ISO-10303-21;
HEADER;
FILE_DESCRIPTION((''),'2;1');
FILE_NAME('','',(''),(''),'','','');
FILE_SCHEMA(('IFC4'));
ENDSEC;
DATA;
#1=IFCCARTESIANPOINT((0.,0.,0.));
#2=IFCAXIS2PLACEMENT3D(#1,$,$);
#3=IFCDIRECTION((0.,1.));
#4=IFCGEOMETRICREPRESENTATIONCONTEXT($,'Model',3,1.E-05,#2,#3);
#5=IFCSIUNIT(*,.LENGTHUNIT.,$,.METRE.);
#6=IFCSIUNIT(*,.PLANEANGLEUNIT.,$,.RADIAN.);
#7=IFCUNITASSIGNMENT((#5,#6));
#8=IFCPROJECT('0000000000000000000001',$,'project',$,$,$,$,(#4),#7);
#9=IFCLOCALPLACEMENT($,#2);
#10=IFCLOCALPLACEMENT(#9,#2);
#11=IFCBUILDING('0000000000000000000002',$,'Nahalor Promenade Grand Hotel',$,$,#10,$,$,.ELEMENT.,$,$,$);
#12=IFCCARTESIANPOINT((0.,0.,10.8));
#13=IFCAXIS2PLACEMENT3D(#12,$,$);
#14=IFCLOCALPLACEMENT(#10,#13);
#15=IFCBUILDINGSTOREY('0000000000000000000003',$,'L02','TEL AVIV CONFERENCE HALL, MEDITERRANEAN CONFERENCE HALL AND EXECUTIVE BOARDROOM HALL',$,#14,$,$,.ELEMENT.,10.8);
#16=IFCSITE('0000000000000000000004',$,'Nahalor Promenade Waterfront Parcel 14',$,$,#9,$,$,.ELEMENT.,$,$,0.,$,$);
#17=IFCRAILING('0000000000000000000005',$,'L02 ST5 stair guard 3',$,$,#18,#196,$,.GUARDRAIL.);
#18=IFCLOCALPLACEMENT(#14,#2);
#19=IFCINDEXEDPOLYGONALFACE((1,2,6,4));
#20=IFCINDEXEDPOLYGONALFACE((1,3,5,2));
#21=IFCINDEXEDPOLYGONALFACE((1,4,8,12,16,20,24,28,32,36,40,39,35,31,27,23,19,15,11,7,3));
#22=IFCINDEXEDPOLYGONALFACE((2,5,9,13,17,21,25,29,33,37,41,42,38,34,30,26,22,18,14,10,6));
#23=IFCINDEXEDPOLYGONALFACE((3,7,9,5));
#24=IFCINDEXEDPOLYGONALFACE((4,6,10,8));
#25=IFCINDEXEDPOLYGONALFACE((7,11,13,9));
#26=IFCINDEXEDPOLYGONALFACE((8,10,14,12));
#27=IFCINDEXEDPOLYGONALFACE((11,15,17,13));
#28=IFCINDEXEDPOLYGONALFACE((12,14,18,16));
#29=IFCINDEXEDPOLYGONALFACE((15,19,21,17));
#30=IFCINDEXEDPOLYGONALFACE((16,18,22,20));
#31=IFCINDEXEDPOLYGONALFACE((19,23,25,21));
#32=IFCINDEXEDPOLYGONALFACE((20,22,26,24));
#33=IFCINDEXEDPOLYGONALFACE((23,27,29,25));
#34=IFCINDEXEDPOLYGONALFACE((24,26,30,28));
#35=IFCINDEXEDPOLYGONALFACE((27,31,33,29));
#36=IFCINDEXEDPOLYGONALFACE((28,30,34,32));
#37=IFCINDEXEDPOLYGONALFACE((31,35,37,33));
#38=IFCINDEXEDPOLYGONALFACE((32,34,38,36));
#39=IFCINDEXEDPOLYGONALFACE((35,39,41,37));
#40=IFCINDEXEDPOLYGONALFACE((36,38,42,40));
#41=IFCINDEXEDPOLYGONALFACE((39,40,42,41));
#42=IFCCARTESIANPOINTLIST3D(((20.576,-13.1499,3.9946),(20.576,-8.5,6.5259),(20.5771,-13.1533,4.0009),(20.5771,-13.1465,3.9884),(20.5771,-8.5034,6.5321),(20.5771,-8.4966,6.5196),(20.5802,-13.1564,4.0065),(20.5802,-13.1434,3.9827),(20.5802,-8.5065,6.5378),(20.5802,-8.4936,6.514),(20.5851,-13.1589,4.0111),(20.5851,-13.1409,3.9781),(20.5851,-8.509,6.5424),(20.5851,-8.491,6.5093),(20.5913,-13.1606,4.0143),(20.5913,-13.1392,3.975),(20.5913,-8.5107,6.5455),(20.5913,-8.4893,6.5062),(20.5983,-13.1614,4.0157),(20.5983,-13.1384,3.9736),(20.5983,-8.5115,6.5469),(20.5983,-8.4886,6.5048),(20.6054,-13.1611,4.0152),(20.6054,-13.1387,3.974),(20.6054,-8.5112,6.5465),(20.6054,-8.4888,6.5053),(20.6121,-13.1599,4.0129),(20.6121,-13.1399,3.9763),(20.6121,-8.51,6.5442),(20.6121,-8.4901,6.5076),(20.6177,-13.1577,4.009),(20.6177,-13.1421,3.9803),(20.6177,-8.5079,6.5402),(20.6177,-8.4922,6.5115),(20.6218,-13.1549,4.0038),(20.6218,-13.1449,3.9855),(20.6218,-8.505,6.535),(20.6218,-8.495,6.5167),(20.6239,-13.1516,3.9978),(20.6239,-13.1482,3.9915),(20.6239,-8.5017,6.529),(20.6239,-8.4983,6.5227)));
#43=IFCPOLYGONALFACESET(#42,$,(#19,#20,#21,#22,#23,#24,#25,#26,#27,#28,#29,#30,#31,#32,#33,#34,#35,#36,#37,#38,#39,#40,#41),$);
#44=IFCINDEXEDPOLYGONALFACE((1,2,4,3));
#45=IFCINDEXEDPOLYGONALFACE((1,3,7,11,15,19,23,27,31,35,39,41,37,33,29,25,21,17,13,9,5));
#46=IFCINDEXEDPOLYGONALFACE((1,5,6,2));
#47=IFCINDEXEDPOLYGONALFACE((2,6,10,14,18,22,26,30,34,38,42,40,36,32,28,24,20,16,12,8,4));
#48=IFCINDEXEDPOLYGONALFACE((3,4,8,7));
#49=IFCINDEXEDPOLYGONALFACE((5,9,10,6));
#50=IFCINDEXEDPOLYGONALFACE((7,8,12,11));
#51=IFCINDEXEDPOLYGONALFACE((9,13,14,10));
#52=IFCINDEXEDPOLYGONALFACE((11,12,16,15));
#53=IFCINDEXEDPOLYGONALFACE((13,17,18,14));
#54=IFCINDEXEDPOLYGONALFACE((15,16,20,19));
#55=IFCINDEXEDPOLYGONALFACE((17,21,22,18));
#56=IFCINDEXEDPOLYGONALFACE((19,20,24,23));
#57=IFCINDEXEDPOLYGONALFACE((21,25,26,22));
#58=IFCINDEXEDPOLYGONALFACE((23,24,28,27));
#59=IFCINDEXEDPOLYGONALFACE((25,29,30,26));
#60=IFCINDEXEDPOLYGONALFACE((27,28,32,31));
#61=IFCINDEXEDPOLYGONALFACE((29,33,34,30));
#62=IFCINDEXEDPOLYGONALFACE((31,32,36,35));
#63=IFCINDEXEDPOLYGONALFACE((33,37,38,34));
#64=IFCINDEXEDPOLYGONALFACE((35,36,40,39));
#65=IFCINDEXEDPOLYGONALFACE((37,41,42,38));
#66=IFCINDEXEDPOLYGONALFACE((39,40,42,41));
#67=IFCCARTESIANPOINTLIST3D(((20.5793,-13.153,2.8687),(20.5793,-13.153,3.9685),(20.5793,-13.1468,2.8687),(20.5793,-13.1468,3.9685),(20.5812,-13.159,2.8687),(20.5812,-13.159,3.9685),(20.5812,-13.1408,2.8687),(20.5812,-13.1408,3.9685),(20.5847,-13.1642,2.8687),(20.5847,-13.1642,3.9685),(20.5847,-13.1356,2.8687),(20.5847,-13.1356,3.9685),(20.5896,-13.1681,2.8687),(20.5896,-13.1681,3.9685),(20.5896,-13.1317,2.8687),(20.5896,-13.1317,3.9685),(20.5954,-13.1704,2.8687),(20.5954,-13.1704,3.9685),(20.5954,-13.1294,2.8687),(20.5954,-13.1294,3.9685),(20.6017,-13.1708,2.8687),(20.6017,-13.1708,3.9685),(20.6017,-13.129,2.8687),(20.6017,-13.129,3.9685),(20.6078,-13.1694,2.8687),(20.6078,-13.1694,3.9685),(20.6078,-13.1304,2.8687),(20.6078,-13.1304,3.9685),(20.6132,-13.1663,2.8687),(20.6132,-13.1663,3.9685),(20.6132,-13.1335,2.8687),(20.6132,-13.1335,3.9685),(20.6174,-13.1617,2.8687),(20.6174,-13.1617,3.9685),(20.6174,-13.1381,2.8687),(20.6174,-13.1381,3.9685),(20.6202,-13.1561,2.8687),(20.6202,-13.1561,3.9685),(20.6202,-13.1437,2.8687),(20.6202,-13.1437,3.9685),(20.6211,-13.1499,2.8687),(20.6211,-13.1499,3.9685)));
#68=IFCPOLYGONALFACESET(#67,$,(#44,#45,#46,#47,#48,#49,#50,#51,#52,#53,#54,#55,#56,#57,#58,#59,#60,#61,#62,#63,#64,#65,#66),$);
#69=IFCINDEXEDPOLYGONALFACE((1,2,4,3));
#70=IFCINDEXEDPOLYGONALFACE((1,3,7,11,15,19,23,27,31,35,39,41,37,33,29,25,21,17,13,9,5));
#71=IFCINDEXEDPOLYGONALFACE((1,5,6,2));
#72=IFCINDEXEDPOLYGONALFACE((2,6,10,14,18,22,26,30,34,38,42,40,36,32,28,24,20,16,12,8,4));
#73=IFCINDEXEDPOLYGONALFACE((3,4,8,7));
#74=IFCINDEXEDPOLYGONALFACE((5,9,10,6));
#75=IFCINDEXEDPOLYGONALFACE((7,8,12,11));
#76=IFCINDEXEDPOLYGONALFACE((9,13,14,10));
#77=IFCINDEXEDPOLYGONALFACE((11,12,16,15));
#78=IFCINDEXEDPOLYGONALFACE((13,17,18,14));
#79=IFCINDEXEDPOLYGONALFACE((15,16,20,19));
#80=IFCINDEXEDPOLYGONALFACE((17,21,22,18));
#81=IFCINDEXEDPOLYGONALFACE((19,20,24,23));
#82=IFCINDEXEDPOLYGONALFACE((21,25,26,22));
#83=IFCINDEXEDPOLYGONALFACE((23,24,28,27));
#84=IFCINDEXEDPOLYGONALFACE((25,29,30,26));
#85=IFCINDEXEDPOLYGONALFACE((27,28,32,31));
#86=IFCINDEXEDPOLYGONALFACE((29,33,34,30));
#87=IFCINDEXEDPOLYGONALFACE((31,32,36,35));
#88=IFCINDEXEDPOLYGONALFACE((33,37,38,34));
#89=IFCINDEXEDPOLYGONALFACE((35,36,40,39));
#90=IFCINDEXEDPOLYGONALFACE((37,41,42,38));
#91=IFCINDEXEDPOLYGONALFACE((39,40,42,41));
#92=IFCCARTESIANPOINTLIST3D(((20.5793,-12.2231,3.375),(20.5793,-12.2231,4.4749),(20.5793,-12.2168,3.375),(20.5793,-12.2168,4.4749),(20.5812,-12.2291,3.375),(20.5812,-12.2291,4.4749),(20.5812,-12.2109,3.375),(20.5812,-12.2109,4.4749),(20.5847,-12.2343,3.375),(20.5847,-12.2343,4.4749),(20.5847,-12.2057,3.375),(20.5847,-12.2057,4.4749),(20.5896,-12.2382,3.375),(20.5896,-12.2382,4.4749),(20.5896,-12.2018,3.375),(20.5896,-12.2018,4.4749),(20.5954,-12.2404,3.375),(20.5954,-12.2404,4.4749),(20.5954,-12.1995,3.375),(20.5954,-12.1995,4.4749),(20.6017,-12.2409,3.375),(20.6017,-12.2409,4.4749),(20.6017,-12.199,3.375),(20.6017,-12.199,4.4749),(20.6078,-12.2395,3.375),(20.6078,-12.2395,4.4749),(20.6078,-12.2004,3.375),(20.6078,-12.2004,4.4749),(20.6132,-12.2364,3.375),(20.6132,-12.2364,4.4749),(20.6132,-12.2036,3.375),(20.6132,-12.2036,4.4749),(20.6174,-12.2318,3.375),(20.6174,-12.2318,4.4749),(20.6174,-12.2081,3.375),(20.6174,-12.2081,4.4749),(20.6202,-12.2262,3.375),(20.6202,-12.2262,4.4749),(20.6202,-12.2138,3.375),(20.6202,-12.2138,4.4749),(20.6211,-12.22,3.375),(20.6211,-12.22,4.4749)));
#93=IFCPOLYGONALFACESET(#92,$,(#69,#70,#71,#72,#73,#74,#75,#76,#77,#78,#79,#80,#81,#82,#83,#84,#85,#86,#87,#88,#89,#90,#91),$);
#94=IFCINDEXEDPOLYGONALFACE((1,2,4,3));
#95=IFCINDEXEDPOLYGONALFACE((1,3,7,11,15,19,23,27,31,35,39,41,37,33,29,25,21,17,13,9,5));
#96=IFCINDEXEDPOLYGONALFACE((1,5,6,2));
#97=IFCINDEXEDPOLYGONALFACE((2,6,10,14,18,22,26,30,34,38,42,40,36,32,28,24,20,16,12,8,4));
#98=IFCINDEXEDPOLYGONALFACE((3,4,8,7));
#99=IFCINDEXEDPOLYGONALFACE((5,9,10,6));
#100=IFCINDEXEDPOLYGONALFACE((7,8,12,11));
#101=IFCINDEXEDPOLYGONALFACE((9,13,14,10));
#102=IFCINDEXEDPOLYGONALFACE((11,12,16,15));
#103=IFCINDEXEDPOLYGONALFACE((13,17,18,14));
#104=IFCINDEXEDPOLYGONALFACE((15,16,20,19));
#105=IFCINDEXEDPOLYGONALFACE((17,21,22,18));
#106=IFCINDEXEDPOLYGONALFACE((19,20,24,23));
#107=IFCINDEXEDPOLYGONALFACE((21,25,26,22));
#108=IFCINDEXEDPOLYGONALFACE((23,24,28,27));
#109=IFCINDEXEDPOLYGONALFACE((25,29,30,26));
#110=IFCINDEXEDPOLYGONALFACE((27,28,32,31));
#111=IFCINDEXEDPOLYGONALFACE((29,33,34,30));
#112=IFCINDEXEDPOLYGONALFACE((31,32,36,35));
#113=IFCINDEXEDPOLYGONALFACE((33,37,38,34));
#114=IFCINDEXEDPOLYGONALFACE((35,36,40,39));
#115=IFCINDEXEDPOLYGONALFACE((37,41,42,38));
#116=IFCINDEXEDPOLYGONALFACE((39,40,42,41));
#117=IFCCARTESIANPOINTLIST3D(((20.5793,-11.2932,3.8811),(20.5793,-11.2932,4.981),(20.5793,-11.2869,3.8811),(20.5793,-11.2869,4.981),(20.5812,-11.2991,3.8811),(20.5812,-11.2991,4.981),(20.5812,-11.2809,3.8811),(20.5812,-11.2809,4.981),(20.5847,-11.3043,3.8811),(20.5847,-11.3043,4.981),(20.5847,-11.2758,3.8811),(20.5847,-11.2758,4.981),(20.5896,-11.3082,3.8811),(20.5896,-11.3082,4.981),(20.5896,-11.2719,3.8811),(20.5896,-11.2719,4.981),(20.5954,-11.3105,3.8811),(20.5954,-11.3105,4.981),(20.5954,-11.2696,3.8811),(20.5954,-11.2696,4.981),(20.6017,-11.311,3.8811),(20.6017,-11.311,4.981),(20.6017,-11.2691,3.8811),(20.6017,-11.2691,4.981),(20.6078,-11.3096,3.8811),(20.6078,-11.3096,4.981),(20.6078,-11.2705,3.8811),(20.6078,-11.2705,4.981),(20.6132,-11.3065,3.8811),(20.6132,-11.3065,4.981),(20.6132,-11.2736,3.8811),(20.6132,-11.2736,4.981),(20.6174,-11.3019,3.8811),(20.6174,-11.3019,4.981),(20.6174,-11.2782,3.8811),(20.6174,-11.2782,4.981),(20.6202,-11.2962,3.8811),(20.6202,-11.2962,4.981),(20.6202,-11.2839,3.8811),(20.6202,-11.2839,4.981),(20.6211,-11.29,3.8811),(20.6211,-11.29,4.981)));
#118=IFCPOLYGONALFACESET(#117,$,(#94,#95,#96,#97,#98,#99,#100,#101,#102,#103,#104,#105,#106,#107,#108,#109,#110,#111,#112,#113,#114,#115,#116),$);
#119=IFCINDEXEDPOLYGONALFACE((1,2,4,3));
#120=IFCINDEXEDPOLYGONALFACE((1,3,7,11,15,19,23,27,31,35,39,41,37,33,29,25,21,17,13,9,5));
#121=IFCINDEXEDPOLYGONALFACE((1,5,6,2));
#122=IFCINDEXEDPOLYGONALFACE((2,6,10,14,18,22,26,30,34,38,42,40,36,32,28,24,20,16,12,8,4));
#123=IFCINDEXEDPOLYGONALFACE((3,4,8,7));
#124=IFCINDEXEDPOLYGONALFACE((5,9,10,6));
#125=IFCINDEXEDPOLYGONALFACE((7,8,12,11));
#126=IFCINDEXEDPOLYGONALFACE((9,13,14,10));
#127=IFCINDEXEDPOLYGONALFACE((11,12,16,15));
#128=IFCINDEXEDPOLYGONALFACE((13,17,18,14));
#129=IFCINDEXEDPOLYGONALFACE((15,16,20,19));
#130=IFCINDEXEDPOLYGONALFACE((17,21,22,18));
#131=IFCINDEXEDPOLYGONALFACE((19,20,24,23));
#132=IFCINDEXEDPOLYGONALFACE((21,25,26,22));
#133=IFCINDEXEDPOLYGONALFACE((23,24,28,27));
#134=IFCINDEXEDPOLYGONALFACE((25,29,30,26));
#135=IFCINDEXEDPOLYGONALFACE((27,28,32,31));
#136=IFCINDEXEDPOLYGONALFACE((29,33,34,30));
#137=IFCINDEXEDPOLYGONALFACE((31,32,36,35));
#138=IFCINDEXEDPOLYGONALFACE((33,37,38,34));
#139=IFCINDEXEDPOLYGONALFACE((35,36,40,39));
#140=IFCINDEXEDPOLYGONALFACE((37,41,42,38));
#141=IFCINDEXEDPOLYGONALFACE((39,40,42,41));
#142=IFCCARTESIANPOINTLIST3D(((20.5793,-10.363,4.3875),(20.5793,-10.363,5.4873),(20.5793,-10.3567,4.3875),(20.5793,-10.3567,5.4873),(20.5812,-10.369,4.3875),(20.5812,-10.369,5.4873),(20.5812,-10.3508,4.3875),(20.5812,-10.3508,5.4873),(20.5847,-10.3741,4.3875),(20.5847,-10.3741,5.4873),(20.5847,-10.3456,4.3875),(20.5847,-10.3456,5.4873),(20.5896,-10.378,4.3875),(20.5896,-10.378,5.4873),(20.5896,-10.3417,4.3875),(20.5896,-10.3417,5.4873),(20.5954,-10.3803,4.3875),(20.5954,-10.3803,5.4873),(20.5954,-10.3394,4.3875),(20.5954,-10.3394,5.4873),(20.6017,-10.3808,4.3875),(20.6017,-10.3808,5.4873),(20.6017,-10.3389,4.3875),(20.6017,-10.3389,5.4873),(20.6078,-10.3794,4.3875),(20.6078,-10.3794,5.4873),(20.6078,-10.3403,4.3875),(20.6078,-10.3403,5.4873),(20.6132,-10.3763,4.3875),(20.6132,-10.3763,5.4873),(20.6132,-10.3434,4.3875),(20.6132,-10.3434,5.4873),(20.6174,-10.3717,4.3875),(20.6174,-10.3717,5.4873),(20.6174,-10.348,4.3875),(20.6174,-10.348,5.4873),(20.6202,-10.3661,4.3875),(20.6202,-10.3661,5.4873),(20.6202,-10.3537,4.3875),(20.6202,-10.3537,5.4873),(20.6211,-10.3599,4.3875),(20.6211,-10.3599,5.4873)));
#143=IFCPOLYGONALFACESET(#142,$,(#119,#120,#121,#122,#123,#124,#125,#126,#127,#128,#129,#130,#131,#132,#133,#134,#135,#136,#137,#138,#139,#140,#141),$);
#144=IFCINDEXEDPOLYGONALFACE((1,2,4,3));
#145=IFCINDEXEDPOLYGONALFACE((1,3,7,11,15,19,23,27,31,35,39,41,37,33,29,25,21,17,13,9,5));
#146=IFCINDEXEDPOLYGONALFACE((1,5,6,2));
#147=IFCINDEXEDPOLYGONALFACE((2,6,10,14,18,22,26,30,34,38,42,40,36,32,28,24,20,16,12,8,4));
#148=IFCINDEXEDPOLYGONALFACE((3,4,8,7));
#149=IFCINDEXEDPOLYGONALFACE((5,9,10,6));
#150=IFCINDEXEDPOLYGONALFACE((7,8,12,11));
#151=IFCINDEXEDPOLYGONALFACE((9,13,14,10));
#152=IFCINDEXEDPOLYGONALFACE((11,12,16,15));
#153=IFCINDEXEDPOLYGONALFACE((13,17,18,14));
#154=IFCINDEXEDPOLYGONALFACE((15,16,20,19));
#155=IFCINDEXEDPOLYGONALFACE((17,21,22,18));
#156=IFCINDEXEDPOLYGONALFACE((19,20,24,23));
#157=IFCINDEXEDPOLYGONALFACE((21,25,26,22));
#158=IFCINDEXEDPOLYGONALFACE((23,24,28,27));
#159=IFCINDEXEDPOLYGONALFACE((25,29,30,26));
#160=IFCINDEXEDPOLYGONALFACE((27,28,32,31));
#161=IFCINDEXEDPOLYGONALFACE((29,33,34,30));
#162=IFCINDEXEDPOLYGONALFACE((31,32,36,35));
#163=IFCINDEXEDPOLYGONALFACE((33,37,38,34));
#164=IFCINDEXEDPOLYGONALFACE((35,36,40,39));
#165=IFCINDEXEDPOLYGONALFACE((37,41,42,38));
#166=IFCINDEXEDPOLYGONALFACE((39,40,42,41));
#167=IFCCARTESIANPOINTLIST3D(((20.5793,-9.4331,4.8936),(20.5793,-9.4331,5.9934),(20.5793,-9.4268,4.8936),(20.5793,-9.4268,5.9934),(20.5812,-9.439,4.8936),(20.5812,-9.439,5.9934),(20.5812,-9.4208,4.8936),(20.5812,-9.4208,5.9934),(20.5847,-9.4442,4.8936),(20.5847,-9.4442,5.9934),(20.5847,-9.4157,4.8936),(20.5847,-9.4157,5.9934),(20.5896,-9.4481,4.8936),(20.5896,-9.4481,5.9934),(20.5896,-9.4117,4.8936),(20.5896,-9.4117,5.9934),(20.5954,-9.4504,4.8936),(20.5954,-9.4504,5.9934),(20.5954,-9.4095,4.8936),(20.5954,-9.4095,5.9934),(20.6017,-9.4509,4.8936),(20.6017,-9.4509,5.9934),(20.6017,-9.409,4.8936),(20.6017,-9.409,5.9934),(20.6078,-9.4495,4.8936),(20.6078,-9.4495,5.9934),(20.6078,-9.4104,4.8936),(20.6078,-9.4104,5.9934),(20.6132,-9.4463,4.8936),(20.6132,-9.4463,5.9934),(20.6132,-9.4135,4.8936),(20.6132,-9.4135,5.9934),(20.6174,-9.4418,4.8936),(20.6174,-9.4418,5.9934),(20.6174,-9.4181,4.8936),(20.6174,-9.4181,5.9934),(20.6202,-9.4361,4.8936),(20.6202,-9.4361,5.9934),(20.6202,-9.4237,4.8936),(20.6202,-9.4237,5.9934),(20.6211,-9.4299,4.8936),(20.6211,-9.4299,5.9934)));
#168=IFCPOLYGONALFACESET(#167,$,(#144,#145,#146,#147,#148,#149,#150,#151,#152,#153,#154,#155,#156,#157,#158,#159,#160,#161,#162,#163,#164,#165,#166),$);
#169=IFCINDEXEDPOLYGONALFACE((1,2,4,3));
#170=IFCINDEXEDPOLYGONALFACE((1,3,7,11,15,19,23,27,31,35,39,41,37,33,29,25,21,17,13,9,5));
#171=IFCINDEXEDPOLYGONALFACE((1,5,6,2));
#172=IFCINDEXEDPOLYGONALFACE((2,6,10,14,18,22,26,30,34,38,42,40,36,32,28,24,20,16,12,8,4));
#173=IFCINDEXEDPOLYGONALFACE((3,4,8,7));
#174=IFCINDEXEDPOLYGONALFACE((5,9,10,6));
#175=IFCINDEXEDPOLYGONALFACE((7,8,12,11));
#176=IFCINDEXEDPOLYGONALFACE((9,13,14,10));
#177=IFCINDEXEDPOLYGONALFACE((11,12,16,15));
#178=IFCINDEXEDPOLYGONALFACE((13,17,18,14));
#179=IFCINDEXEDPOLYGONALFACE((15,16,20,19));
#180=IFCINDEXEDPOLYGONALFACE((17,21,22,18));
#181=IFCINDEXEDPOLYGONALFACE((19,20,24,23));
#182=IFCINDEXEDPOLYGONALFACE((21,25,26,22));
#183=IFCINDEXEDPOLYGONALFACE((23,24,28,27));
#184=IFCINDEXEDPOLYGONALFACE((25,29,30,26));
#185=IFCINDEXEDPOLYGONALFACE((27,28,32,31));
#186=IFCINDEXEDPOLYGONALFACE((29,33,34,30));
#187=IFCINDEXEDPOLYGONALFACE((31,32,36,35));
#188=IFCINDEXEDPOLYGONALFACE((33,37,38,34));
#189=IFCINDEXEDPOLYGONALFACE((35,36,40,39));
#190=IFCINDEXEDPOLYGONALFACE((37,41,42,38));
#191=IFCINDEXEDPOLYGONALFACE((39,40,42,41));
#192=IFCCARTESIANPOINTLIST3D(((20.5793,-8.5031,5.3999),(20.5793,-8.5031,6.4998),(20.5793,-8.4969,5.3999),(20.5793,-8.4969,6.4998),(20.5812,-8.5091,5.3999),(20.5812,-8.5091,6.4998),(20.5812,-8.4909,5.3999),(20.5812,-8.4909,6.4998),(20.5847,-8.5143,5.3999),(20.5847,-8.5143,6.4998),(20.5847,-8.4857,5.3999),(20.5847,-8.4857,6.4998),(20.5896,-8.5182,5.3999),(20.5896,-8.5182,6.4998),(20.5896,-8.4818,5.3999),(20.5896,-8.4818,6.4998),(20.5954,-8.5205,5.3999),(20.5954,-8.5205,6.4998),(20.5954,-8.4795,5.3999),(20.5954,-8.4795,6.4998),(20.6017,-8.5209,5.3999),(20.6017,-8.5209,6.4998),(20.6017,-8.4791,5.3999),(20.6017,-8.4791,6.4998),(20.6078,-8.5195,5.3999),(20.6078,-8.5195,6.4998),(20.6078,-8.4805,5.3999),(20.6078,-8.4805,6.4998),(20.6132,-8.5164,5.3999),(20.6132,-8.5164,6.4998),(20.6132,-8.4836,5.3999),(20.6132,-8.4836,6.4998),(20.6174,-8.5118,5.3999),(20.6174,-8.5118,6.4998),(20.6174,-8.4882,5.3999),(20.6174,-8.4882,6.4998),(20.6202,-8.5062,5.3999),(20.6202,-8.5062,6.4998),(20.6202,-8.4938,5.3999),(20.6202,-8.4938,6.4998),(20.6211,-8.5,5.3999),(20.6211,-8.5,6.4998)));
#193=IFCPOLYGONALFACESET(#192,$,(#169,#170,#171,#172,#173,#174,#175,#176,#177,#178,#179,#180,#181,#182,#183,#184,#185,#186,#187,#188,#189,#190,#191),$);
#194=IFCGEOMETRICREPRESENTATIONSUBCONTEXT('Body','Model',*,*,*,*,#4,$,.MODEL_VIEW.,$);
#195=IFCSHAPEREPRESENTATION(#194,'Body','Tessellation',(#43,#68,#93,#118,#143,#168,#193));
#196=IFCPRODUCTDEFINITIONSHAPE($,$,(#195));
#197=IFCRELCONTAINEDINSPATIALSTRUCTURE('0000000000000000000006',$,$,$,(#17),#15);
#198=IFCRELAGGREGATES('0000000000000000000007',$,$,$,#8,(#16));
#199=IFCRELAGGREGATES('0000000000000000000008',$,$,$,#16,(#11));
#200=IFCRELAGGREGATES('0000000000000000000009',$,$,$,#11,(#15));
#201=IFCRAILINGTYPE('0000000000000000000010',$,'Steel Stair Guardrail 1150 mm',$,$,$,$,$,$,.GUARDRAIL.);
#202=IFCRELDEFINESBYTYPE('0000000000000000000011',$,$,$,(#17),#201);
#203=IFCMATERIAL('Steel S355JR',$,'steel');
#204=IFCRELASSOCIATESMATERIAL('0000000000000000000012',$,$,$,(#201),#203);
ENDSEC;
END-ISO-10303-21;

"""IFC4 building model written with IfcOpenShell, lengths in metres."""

from ifc_helpers import new_model, si_unit, direction, frame, origin, origin_2d, place, context, subcontext, project, spatial, circle, extrude, material, type_object, element, save


model = new_model("IFC4")

# Units and contexts
model_context = context("Model", 3, precision=1e-05, world=origin(), true_north=direction((0.0, 1.0)))
body_context = subcontext(model_context, "Body", "Model", "MODEL_VIEW")
ifc_project = project(units=[si_unit("LENGTHUNIT", "METRE"), si_unit("PLANEANGLEUNIT", "RADIAN")], contexts=[model_context])

# Site, building, storey
site_placement = place(None, origin())
site = spatial("IfcSite", under=ifc_project, at=site_placement, Name="Nahalor Promenade Waterfront Parcel 14", CompositionType="ELEMENT", RefElevation=0.0)
building_placement = place(site_placement, origin())
building = spatial("IfcBuilding", under=site, at=building_placement, Name="Nahalor Promenade Grand Hotel", CompositionType="ELEMENT")
storey_placement = place(building_placement, frame((0.0, 0.0, 10.8)))
storey = spatial("IfcBuildingStorey", under=building, at=storey_placement, Name="L02", Description="TEL AVIV CONFERENCE HALL, MEDITERRANEAN CONFERENCE HALL AND EXECUTIVE BOARDROOM HALL", CompositionType="ELEMENT", Elevation=10.8)

# Shared definitions
ifc_material_1 = material(Name="Steel S355JR", Category="steel")

# Railing
railing_type_1 = type_object("IfcRailingType", Name="Steel Stair Guardrail 1150 mm", PredefinedType="GUARDRAIL", material=ifc_material_1)
railing_1_placement = place(storey_placement, frame((20.6001, -13.1499, 2.8687)))
element("IfcRailing", 1, at=railing_1_placement, inside=storey, type_object=railing_type_1, Name="L02 ST5 stair guard 3", PredefinedType="GUARDRAIL", context=body_context, shape_type="SweptSolid", body=[
    extrude(circle(Radius=0.024, at=origin_2d()), frame((0.0, 0.0, 1.126), z_axis=(0.0, 0.878297, 0.478115), x_axis=(-1.0, 0.0, 0.0)), (0.0, 0.0, 1.0), 5.2942),
    extrude(circle(Radius=0.021, at=origin_2d()), origin(), (0.0, 0.0, 1.0), 1.0999),
    extrude(circle(Radius=0.021, at=origin_2d()), frame((0.0, 0.9299, 0.5063)), (0.0, 0.0, 1.0), 1.0999),
    extrude(circle(Radius=0.021, at=origin_2d()), frame((0.0, 1.8599, 1.0125)), (0.0, 0.0, 1.0), 1.0999),
    extrude(circle(Radius=0.021, at=origin_2d()), frame((0.0, 2.79, 1.5188)), (0.0, 0.0, 1.0), 1.0999),
    extrude(circle(Radius=0.021, at=origin_2d()), frame((0.0, 3.72, 2.0249)), (0.0, 0.0, 1.0), 1.0999),
    extrude(circle(Radius=0.021, at=origin_2d()), frame((0.0, 4.6499, 2.5312)), (0.0, 0.0, 1.0), 1.0999),
])

save(model, "model.ifc")
